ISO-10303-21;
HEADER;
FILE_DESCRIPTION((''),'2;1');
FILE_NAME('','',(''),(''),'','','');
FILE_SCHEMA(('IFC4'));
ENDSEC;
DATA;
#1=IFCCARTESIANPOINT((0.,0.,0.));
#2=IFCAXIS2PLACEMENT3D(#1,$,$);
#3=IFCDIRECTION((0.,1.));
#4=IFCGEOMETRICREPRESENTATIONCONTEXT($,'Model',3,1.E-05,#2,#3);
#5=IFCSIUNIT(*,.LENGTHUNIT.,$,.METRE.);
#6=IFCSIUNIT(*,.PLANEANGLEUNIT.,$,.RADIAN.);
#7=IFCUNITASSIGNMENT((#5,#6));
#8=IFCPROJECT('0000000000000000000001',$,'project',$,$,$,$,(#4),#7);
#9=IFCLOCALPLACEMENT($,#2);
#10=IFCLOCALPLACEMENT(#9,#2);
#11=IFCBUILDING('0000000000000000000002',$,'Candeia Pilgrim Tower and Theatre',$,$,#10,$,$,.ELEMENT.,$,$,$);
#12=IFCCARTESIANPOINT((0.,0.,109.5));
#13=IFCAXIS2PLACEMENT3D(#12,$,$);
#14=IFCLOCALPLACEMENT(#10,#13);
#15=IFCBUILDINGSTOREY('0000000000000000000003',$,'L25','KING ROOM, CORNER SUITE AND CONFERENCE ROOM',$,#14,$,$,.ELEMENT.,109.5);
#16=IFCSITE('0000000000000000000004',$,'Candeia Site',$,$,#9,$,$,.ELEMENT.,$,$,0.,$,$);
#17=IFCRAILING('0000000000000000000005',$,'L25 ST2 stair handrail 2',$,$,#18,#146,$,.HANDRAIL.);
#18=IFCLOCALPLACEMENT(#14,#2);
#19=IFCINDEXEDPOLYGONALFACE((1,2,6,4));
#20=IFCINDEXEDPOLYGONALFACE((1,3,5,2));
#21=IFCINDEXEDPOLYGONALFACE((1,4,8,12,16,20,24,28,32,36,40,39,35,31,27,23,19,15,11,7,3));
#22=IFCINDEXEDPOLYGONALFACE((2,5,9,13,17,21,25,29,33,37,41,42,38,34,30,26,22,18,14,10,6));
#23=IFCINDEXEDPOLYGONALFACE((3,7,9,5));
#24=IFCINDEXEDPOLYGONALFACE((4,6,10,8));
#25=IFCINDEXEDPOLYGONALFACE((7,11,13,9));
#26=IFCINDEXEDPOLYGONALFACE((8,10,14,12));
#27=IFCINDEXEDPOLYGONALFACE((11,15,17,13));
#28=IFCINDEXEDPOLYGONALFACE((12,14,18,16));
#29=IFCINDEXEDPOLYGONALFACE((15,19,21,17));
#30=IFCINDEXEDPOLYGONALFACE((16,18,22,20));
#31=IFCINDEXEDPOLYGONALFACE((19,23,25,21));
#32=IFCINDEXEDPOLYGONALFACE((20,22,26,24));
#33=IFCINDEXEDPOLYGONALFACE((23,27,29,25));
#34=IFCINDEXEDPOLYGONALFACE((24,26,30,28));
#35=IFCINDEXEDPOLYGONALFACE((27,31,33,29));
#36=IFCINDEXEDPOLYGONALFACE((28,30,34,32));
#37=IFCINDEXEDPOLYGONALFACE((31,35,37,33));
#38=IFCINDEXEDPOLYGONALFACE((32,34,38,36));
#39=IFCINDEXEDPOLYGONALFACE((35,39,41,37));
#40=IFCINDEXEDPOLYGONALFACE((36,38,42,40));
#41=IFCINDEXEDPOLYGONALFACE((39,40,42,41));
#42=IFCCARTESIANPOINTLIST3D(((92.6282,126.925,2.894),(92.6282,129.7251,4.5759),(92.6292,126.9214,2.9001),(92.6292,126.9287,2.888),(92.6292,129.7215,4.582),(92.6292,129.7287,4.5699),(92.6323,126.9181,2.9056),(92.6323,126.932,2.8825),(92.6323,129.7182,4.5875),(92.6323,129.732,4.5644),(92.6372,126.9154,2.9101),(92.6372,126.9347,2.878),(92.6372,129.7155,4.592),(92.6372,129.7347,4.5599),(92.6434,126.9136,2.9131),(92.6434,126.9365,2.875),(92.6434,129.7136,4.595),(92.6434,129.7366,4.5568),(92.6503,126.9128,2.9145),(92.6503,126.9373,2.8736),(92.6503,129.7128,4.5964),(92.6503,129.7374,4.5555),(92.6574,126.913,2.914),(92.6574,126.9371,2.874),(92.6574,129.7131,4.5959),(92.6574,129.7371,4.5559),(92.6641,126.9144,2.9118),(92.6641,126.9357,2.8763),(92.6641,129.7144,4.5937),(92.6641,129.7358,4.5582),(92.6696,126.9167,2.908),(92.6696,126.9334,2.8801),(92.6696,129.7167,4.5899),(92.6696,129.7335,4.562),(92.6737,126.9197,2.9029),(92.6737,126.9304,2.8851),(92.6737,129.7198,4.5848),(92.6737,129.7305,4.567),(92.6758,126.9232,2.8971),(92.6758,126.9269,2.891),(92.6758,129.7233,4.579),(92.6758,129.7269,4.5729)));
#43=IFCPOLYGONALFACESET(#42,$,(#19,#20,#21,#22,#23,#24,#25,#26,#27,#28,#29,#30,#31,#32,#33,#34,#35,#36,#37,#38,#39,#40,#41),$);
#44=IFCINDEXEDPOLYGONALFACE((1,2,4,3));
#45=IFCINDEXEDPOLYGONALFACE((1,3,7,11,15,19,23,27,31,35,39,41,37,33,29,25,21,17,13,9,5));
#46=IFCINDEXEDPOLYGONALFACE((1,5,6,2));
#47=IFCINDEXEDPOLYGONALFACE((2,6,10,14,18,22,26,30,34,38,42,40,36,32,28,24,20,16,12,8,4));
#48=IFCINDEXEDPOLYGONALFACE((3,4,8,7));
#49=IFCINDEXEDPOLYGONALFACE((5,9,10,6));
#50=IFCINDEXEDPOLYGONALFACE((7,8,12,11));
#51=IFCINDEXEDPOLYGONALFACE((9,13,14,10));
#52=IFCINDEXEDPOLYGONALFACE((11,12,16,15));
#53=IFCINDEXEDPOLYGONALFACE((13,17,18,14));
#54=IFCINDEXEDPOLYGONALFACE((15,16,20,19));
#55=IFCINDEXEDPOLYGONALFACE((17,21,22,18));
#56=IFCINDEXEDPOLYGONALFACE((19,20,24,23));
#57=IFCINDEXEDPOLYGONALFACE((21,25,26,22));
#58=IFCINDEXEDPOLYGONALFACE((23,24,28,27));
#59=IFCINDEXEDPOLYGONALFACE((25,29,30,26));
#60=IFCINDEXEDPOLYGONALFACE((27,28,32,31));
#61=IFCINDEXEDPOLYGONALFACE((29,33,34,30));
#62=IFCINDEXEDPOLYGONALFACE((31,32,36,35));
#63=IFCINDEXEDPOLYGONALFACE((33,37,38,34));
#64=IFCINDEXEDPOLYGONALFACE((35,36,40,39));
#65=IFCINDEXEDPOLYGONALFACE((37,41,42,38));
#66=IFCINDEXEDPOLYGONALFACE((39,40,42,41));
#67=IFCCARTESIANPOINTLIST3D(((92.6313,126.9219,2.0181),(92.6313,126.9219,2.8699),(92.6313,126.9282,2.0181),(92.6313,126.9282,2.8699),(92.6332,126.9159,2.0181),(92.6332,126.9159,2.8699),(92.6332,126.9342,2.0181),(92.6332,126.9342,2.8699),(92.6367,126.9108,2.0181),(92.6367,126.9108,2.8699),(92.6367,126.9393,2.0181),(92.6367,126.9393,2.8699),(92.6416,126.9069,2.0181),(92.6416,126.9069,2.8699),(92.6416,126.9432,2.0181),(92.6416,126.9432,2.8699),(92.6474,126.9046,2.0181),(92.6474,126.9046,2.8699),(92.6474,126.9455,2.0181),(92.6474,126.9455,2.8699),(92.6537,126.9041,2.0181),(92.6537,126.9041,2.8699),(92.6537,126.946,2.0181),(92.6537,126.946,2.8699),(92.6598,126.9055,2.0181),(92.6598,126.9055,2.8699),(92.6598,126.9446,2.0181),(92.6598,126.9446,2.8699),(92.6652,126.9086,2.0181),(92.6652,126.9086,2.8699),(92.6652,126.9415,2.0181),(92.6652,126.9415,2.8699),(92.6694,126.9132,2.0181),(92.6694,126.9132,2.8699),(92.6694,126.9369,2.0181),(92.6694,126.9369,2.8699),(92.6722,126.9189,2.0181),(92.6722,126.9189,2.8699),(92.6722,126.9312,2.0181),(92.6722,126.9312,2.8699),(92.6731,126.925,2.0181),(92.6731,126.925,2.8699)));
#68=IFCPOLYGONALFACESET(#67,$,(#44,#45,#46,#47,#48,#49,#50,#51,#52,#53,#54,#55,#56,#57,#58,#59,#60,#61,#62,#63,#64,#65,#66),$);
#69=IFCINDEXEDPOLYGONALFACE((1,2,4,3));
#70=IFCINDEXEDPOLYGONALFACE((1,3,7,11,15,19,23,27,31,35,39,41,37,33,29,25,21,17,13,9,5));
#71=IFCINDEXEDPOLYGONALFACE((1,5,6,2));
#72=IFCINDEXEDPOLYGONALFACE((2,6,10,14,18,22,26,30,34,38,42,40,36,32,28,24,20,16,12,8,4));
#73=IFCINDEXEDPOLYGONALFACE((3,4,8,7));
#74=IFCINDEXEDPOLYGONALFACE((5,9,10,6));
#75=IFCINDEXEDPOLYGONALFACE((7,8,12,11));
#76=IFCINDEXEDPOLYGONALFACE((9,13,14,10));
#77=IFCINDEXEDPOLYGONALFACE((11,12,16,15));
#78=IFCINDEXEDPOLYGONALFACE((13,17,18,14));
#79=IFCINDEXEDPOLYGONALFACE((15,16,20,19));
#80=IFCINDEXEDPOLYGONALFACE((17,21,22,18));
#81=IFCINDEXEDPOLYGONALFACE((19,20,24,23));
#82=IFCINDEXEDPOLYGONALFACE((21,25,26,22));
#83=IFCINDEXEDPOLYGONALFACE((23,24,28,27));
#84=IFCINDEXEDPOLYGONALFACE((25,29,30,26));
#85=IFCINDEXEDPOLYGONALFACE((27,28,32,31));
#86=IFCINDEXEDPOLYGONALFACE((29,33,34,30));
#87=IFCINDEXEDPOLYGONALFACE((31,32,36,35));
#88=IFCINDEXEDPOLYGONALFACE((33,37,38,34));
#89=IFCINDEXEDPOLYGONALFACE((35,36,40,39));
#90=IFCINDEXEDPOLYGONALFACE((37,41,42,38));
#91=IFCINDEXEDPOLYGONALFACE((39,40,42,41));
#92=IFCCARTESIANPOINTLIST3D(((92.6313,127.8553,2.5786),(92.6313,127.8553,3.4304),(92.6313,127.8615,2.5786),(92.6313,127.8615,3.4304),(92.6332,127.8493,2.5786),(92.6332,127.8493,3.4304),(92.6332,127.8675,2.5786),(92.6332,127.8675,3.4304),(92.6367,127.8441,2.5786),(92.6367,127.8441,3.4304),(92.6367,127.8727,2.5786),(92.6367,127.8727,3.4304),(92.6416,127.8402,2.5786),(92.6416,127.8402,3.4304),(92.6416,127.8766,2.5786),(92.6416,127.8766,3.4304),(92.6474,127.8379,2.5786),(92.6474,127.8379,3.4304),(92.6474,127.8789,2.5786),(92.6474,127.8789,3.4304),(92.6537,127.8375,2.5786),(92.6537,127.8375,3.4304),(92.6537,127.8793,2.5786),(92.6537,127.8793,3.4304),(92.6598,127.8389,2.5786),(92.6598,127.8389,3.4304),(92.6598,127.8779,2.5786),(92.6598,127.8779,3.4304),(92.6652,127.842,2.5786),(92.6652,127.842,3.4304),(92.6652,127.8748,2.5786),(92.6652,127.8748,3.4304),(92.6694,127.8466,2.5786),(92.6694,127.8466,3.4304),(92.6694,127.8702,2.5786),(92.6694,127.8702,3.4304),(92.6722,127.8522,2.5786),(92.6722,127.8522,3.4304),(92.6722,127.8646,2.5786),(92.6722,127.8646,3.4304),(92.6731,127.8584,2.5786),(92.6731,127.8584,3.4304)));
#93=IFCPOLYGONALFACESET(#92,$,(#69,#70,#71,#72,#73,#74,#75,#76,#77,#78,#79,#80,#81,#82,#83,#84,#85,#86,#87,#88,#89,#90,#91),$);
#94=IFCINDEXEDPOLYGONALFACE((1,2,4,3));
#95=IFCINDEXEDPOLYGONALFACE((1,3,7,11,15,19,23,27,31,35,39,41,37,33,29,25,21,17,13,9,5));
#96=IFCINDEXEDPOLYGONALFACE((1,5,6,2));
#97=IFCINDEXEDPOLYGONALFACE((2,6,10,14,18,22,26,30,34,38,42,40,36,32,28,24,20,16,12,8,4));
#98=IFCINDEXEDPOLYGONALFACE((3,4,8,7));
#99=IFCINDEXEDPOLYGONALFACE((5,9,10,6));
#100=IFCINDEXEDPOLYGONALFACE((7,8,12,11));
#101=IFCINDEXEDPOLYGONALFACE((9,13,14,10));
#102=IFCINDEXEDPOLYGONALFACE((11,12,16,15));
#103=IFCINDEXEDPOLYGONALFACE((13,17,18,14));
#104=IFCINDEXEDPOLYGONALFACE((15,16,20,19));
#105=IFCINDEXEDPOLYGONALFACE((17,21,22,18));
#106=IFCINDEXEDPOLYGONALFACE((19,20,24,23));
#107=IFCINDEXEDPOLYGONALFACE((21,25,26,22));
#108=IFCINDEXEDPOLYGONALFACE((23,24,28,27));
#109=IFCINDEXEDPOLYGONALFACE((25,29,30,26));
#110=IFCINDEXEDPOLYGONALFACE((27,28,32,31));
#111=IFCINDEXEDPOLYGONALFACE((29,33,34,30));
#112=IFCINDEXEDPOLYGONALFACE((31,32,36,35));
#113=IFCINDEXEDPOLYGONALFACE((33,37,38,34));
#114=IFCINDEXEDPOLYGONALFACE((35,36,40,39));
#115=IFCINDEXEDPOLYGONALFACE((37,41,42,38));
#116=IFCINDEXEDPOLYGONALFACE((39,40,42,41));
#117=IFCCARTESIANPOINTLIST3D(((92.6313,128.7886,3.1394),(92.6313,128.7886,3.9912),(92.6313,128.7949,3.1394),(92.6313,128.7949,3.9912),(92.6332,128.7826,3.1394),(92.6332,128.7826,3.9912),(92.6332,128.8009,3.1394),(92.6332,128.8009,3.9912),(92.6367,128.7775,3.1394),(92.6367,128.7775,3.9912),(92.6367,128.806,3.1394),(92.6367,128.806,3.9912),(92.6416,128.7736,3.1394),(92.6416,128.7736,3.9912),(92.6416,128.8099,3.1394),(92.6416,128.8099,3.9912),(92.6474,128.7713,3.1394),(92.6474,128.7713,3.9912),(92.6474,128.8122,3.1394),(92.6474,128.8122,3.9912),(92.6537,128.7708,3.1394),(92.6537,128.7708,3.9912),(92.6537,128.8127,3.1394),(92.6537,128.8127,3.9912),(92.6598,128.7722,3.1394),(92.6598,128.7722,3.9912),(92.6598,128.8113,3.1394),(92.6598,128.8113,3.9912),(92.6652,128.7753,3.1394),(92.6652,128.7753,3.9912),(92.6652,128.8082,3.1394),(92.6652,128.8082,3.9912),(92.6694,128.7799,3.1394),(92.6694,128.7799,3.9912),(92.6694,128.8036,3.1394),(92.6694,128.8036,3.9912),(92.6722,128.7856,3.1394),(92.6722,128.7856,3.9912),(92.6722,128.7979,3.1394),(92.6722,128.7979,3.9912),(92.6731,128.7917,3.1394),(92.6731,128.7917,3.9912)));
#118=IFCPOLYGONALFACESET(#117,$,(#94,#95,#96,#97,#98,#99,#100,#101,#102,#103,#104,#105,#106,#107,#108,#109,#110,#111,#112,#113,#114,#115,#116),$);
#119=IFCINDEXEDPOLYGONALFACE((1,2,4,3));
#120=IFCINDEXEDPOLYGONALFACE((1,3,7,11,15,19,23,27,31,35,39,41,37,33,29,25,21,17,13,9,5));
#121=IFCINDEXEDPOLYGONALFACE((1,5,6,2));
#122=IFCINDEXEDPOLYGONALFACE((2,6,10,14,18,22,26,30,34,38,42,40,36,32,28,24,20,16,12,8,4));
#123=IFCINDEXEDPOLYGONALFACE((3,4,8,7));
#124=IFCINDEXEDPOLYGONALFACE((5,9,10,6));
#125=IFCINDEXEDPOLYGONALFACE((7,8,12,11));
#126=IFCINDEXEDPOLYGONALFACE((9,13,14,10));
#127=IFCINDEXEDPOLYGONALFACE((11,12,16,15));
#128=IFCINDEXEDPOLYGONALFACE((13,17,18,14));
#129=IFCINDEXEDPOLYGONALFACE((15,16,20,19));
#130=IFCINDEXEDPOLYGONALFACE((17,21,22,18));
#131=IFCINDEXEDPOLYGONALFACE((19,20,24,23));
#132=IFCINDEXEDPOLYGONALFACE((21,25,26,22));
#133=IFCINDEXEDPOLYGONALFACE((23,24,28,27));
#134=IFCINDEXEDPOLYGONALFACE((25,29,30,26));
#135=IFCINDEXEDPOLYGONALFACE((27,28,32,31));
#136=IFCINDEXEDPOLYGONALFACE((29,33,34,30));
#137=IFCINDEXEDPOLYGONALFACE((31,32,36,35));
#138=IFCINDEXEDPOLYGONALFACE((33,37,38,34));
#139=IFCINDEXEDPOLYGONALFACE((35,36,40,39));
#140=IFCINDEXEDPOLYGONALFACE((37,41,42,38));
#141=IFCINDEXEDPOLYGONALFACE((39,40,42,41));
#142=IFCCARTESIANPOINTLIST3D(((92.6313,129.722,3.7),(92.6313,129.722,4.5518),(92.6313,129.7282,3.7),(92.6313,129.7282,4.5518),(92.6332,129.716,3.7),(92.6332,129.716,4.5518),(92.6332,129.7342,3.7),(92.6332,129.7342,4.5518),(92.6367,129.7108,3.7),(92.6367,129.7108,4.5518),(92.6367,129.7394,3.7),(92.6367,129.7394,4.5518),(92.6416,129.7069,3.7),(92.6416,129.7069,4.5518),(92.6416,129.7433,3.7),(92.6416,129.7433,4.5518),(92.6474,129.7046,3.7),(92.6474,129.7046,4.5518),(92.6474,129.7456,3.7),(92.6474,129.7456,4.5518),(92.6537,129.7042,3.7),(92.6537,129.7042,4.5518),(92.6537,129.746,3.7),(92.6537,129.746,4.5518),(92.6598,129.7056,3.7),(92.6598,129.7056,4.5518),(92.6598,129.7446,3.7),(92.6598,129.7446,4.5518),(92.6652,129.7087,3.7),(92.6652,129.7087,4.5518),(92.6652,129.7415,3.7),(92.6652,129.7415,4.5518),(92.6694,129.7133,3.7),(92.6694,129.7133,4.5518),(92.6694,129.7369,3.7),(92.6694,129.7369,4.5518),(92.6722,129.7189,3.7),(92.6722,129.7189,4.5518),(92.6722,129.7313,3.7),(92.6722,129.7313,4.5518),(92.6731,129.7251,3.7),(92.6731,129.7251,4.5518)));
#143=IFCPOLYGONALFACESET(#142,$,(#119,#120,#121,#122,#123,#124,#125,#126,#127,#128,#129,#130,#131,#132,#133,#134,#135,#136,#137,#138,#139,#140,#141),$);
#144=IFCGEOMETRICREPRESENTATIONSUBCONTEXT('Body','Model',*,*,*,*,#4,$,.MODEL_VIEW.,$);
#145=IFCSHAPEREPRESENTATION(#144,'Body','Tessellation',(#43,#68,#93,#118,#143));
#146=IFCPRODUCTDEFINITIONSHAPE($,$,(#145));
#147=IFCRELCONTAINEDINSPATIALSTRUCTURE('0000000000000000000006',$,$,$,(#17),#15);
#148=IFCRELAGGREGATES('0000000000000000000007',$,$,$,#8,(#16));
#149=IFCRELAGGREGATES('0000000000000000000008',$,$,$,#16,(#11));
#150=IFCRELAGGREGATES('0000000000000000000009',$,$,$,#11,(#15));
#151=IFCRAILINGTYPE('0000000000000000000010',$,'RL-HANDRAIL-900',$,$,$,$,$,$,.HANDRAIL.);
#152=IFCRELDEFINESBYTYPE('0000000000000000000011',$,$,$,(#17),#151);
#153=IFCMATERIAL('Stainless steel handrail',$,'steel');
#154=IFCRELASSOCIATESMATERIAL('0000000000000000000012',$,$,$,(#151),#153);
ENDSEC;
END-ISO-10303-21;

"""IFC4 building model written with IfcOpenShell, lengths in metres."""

from ifc_helpers import new_model, si_unit, direction, frame, origin, origin_2d, place, context, subcontext, project, spatial, circle, extrude, material, type_object, element, save


model = new_model("IFC4")

# Units and contexts
model_context = context("Model", 3, precision=1e-05, world=origin(), true_north=direction((0.0, 1.0)))
body_context = subcontext(model_context, "Body", "Model", "MODEL_VIEW")
ifc_project = project(units=[si_unit("LENGTHUNIT", "METRE"), si_unit("PLANEANGLEUNIT", "RADIAN")], contexts=[model_context])

# Site, building, storey
site_placement = place(None, origin())
site = spatial("IfcSite", under=ifc_project, at=site_placement, Name="Candeia Site", CompositionType="ELEMENT", RefElevation=0.0)
building_placement = place(site_placement, origin())
building = spatial("IfcBuilding", under=site, at=building_placement, Name="Candeia Pilgrim Tower and Theatre", CompositionType="ELEMENT")
storey_placement = place(building_placement, frame((0.0, 0.0, 109.5)))
storey = spatial("IfcBuildingStorey", under=building, at=storey_placement, Name="L25", Description="KING ROOM, CORNER SUITE AND CONFERENCE ROOM", CompositionType="ELEMENT", Elevation=109.5)

# Railing
ifc_material_1 = material(Name="Stainless steel handrail", Category="steel")
railing_type = type_object("IfcRailingType", Name="RL-HANDRAIL-900", PredefinedType="HANDRAIL", material=ifc_material_1)
for number, where, name in (
    (1, (92.6521, 126.925, 2.0181), "L25 ST2 stair handrail 2"),
):
    element("IfcRailing", number, at=place(storey_placement, frame(where)), inside=storey, type_object=railing_type, Name=name, PredefinedType="HANDRAIL", context=body_context, shape_type="SweptSolid", body=[
        extrude(circle(Radius=0.0239, at=origin_2d()), frame((0.0, 0.0, 0.876), z_axis=(0.0, 0.857242, 0.514913), x_axis=(-1.0, 0.0, 0.0)), (0.0, 0.0, 1.0), 3.2664),
        extrude(circle(Radius=0.021, at=origin_2d()), origin(), (0.0, 0.0, 1.0), 0.8518),
        extrude(circle(Radius=0.021, at=origin_2d()), frame((0.0, 0.9333, 0.5605)), (0.0, 0.0, 1.0), 0.8518),
        extrude(circle(Radius=0.021, at=origin_2d()), frame((0.0, 1.8667, 1.1213)), (0.0, 0.0, 1.0), 0.8518),
        extrude(circle(Radius=0.021, at=origin_2d()), frame((0.0, 2.8, 1.6819)), (0.0, 0.0, 1.0), 0.8518),
    ])

save(model, "model.ifc")
